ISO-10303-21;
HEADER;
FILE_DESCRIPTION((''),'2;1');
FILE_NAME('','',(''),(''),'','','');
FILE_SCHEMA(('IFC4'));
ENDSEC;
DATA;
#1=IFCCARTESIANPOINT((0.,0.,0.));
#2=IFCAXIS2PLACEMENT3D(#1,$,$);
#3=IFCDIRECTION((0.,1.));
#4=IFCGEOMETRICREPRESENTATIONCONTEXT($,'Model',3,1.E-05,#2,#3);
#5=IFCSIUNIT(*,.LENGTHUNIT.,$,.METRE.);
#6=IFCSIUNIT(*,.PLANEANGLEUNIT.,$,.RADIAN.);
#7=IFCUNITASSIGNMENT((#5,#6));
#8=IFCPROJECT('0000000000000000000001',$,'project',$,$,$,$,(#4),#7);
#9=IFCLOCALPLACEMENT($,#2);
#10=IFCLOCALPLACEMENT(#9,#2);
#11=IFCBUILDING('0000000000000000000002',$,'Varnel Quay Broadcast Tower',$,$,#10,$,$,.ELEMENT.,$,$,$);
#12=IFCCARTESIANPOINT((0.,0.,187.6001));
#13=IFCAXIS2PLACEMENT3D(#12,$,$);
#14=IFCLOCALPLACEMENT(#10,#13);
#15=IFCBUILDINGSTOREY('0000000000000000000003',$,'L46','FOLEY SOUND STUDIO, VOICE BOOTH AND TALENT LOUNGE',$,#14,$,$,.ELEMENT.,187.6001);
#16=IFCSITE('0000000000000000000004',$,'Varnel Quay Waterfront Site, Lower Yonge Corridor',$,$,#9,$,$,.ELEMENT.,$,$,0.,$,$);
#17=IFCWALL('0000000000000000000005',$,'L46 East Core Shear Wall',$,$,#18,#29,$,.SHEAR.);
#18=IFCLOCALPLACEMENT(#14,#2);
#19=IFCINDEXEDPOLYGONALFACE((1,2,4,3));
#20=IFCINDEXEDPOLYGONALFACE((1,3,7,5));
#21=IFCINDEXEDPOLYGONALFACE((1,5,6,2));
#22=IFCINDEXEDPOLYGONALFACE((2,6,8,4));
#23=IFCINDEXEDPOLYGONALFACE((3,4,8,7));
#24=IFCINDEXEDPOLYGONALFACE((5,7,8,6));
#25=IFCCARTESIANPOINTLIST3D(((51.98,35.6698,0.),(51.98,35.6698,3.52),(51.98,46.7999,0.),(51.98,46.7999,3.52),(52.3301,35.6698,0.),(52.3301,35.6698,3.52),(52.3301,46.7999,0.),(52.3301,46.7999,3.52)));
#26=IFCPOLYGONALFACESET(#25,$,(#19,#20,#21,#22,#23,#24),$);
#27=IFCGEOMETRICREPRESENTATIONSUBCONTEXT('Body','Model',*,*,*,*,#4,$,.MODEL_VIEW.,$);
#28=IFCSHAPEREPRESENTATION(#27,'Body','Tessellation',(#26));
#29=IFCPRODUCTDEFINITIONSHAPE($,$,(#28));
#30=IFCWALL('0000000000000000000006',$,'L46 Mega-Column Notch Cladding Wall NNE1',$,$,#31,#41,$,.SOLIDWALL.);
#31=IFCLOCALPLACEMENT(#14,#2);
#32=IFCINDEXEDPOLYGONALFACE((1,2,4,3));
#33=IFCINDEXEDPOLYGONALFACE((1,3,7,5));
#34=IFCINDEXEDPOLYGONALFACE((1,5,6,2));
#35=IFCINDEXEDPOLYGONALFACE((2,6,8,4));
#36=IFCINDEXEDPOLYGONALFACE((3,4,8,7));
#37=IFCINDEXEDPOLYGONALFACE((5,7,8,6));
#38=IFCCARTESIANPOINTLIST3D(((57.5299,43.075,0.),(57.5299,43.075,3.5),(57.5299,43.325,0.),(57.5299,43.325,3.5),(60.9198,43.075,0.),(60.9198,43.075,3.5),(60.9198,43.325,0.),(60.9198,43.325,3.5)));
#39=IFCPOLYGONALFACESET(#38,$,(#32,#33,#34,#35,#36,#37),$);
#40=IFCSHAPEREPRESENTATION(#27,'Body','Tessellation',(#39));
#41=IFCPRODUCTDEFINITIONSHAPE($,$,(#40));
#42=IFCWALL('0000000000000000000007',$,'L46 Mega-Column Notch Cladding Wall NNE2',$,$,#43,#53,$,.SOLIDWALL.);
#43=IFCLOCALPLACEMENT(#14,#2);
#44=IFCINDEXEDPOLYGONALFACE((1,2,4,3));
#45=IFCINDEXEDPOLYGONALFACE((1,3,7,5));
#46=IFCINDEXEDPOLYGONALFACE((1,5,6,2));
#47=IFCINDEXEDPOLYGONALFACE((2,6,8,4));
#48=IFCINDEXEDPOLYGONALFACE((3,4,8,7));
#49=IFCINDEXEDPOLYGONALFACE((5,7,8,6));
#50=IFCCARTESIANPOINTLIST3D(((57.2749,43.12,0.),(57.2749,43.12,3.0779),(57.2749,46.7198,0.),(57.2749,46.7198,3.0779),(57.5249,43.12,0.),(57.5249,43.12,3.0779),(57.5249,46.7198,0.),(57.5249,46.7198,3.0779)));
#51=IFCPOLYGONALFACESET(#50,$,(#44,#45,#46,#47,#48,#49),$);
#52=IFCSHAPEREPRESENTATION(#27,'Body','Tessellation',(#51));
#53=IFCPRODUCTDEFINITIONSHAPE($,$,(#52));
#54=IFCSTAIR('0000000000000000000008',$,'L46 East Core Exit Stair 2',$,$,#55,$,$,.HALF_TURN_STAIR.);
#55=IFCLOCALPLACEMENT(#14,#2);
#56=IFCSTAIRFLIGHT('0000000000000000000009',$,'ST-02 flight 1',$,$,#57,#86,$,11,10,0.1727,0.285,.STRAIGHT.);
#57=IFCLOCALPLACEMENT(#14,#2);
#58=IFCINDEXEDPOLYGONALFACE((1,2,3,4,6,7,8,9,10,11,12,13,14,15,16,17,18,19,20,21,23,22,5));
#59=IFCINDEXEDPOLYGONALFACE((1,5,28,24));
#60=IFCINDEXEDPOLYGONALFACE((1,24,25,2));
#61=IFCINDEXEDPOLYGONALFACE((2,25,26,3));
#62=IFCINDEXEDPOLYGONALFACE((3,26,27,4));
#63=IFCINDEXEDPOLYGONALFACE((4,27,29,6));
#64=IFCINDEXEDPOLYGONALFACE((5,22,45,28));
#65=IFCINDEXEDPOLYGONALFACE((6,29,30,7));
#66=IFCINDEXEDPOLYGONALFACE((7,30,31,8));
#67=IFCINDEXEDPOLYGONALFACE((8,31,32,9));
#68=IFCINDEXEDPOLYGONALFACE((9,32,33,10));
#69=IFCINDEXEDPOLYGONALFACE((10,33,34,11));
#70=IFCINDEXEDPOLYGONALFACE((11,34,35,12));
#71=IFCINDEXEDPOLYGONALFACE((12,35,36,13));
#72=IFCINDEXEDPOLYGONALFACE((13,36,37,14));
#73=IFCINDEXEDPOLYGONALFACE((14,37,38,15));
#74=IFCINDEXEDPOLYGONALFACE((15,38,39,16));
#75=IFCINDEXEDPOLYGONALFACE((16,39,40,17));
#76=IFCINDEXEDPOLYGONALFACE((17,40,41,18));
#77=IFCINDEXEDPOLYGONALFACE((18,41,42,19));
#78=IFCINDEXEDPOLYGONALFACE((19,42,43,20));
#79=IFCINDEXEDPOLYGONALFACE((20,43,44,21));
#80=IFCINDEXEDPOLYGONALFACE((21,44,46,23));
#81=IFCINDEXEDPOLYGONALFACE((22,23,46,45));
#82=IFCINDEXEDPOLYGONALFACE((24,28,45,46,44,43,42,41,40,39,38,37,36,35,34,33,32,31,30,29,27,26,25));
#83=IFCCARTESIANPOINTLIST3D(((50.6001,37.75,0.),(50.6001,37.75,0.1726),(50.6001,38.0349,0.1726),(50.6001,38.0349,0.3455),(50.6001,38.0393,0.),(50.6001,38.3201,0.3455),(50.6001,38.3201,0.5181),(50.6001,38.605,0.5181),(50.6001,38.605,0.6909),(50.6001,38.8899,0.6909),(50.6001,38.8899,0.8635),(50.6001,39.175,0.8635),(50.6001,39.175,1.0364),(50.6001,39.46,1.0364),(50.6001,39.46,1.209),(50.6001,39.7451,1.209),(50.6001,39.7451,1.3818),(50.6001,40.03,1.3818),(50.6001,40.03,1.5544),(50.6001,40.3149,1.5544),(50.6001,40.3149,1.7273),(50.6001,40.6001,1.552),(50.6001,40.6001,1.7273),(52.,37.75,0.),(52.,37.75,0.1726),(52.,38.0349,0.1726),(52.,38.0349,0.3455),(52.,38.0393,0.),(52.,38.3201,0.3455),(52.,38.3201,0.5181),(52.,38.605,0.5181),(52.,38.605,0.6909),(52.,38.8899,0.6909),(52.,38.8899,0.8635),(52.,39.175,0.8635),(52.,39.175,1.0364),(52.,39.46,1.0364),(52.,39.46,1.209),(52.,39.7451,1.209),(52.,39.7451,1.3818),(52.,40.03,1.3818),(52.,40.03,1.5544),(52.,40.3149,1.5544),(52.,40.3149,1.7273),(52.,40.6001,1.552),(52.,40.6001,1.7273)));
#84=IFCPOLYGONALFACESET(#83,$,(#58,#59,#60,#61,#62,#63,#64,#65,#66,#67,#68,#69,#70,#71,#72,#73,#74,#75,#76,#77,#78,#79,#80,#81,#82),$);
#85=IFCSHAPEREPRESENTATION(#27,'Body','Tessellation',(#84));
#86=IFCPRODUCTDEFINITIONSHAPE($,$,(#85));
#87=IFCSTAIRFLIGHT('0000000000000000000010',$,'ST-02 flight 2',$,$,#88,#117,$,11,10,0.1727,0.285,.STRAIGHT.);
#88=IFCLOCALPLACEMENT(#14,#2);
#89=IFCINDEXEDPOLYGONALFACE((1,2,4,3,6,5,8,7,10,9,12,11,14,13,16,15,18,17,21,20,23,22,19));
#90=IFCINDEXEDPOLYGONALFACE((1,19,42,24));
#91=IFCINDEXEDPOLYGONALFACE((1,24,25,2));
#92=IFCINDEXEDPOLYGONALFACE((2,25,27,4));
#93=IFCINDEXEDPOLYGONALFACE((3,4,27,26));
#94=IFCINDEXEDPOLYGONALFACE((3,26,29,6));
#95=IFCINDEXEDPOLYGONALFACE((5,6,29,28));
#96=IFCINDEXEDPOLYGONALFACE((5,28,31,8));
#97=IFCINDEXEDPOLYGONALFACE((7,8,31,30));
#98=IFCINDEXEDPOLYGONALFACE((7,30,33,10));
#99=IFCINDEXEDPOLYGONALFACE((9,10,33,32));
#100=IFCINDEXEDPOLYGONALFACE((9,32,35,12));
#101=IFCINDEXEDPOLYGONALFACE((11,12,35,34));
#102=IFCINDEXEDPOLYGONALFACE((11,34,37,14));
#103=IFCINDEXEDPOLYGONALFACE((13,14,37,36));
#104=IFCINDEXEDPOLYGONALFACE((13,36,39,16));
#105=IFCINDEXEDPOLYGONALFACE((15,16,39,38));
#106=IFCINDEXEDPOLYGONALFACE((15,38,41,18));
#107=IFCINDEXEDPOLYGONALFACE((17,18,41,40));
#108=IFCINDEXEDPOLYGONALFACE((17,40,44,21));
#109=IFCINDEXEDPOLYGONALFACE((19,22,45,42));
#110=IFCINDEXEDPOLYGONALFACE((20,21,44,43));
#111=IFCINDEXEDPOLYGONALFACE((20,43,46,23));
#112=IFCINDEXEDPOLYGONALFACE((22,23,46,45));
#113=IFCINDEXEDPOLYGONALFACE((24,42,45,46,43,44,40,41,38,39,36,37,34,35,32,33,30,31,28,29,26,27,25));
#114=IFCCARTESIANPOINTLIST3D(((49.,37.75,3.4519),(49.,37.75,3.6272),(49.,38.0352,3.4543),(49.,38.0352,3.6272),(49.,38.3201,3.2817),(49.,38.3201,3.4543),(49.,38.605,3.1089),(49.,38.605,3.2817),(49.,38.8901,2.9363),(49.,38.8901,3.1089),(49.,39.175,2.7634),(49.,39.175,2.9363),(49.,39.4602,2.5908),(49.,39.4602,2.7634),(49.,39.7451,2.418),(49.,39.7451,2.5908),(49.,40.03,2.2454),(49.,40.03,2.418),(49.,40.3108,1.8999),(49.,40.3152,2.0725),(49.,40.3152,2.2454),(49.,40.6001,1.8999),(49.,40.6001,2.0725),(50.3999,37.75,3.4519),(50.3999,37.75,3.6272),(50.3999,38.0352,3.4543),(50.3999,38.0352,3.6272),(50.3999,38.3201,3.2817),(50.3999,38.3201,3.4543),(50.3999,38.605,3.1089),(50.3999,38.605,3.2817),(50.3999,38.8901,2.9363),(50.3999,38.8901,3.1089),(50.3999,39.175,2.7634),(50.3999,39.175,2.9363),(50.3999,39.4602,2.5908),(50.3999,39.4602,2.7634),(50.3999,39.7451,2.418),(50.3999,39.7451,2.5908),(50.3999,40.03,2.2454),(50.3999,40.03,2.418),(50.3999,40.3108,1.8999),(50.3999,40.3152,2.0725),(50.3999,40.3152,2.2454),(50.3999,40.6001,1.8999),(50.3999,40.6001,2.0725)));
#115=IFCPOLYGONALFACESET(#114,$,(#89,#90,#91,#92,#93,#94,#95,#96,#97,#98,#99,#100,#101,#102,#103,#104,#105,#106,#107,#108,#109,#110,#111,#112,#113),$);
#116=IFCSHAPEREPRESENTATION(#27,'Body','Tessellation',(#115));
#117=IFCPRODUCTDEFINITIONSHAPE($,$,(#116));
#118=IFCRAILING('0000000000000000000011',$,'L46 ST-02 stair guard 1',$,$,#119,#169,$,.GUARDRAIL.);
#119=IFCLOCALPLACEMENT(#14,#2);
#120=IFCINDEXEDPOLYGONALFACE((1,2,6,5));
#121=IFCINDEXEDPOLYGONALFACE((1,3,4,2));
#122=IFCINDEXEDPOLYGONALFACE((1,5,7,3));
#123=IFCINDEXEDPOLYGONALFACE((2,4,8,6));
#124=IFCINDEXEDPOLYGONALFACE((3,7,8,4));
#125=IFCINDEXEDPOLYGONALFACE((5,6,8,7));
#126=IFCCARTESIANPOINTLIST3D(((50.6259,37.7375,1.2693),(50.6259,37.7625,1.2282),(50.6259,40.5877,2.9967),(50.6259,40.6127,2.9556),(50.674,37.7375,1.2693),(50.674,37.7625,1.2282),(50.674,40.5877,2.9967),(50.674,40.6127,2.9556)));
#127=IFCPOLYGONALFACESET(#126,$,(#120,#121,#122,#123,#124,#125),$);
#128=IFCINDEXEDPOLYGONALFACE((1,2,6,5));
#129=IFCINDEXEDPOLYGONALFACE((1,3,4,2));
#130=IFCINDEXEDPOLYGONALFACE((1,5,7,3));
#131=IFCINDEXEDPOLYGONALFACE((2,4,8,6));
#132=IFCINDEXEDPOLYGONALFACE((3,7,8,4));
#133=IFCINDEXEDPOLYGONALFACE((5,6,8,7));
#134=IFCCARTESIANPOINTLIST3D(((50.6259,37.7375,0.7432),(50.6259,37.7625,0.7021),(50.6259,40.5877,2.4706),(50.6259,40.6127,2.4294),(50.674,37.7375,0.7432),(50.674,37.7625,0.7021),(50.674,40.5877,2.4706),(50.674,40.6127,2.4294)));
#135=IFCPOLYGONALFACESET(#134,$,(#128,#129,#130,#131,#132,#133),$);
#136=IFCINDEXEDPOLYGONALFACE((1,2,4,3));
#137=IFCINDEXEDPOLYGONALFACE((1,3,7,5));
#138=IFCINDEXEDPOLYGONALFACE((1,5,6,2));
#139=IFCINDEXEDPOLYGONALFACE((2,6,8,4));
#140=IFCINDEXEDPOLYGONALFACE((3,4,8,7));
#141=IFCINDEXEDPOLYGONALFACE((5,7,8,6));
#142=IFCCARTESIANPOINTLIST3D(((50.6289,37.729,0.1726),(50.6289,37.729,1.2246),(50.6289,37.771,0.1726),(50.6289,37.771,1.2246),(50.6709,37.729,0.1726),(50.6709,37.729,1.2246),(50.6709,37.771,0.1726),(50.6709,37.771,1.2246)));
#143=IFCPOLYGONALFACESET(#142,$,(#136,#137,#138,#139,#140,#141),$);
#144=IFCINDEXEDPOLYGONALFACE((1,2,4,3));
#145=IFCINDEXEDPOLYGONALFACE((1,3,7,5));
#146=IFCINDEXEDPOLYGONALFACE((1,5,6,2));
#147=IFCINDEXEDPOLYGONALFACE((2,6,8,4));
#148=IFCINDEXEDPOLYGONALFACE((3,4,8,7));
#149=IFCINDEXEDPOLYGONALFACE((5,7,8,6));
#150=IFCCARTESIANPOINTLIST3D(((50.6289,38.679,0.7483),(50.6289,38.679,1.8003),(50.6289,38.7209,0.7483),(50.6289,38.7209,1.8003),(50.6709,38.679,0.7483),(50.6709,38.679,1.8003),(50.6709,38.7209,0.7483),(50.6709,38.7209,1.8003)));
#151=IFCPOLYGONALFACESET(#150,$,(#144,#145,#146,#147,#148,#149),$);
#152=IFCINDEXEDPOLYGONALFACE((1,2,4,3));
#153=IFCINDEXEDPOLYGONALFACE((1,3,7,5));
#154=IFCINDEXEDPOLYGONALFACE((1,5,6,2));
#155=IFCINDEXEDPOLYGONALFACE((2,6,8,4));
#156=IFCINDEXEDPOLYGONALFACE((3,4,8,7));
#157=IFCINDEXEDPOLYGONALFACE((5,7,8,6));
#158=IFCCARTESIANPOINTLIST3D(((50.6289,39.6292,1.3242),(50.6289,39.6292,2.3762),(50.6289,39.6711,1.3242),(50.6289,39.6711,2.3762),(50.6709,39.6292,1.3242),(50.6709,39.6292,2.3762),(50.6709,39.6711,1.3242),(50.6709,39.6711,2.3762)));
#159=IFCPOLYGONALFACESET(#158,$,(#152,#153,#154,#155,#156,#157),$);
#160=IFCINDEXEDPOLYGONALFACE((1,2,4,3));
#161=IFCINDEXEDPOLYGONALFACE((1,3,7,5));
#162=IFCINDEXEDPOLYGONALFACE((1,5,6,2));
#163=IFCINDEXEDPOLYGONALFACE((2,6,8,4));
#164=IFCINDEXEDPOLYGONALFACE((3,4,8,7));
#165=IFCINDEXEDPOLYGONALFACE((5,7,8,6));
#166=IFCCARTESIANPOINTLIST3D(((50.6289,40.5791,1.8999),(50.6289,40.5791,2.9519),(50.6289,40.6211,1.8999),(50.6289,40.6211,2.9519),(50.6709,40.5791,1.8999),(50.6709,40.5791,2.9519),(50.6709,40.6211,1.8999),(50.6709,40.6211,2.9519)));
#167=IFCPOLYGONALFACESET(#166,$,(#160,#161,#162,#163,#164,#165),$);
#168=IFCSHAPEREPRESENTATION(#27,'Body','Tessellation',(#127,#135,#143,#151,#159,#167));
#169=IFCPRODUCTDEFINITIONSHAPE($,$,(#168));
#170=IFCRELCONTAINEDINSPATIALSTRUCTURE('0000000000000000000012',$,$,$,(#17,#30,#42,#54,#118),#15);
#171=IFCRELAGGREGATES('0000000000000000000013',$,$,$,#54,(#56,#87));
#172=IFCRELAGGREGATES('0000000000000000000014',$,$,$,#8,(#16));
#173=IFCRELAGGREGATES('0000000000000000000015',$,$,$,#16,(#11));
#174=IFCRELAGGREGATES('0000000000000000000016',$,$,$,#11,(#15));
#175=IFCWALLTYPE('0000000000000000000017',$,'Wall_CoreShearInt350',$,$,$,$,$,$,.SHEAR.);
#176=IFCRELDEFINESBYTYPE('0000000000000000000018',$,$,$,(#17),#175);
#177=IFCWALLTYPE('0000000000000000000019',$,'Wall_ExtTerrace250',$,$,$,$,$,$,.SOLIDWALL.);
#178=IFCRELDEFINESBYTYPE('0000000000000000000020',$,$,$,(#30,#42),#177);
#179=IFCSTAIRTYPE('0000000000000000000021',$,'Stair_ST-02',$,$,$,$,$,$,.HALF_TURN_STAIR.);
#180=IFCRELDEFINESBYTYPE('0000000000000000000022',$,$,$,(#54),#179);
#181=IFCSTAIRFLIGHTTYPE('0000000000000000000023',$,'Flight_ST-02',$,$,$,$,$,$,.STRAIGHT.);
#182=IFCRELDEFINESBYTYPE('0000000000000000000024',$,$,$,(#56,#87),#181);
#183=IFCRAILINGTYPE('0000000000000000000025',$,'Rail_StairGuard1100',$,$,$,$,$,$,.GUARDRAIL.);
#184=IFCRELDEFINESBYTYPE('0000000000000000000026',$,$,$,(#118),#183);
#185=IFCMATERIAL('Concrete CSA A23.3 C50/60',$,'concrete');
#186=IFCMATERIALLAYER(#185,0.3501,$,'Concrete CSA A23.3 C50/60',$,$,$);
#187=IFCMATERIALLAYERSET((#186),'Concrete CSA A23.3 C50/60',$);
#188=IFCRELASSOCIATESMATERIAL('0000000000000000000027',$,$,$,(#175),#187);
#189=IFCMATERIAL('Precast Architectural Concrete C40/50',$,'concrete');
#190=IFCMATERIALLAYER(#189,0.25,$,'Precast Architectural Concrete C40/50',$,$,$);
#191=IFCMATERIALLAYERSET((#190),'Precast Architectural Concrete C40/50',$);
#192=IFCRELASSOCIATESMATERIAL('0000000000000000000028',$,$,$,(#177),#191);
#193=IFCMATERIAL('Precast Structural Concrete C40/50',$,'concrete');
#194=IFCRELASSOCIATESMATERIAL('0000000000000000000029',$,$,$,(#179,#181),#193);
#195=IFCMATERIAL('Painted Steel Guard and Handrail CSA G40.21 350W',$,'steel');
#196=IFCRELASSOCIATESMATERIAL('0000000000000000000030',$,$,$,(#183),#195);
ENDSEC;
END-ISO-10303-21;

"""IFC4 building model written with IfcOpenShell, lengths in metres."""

from ifc_helpers import new_model, si_unit, direction, frame, frame_2d, origin, origin_2d, place, context, subcontext, project, spatial, polyline, rectangle, outline, extrude, material, layer, layer_set, type_object, element, aggregate, save


model = new_model("IFC4")

# Units and contexts
model_context = context("Model", 3, precision=1e-05, world=origin(), true_north=direction((0.0, 1.0)))
body_context = subcontext(model_context, "Body", "Model", "MODEL_VIEW")
ifc_project = project(units=[si_unit("LENGTHUNIT", "METRE"), si_unit("PLANEANGLEUNIT", "RADIAN")], contexts=[model_context])

# Site, building, storey
site_placement = place(None, origin())
site = spatial("IfcSite", under=ifc_project, at=site_placement, Name="Varnel Quay Waterfront Site, Lower Yonge Corridor", CompositionType="ELEMENT", RefElevation=0.0)
building_placement = place(site_placement, origin())
building = spatial("IfcBuilding", under=site, at=building_placement, Name="Varnel Quay Broadcast Tower", CompositionType="ELEMENT")
storey_placement = place(building_placement, frame((0.0, 0.0, 187.6001)))
storey = spatial("IfcBuildingStorey", under=building, at=storey_placement, Name="L46", Description="FOLEY SOUND STUDIO, VOICE BOOTH AND TALENT LOUNGE", CompositionType="ELEMENT", Elevation=187.6001)

# Walls
ifc_material_1 = material(Name="Concrete CSA A23.3 C50/60", Category="concrete")
ifc_layer_1 = layer(ifc_material_1, 0.3501, Name="Concrete CSA A23.3 C50/60")
ifc_layer_set_1 = layer_set([ifc_layer_1], Name="Concrete CSA A23.3 C50/60")
wall_type_1 = type_object("IfcWallType", Name="Wall_CoreShearInt350", PredefinedType="SHEAR", material=ifc_layer_set_1)
wall_1_placement = place(storey_placement, frame((52.155, 35.6699, 0.0), z_axis=(0.0, 0.0, 1.0), x_axis=(0.0, 1.0, 0.0)))
element("IfcWall", 1, at=wall_1_placement, inside=storey, type_object=wall_type_1, Name="L46 East Core Shear Wall", PredefinedType="SHEAR", context=body_context, shape_type="SweptSolid", body=[
    extrude(rectangle(XDim=11.1301, YDim=0.3501, at=frame_2d((5.5649, 0.0))), origin(), (0.0, 0.0, 1.0), 3.52),
])
ifc_material_2 = material(Name="Precast Architectural Concrete C40/50", Category="concrete")
ifc_layer_2 = layer(ifc_material_2, 0.25, Name="Precast Architectural Concrete C40/50")
ifc_layer_set_2 = layer_set([ifc_layer_2], Name="Precast Architectural Concrete C40/50")
wall_type_2 = type_object("IfcWallType", Name="Wall_ExtTerrace250", PredefinedType="SOLIDWALL", material=ifc_layer_set_2)
wall_2_placement = place(storey_placement, frame((57.53, 43.2, 0.0), z_axis=(0.0, 0.0, 1.0), x_axis=(1.0, 0.0, 0.0)))
element("IfcWall", 2, at=wall_2_placement, inside=storey, type_object=wall_type_2, Name="L46 Mega-Column Notch Cladding Wall NNE1", PredefinedType="SOLIDWALL", context=body_context, shape_type="SweptSolid", body=[
    extrude(rectangle(XDim=3.3899, YDim=0.25, at=frame_2d((1.6948, 0.0))), origin(), (0.0, 0.0, 1.0), 3.5),
])
wall_3_placement = place(storey_placement, frame((57.3999, 43.1201, 0.0), z_axis=(0.0, 0.0, 1.0), x_axis=(0.0, 1.0, 0.0)))
element("IfcWall", 3, at=wall_3_placement, inside=storey, type_object=wall_type_2, Name="L46 Mega-Column Notch Cladding Wall NNE2", PredefinedType="SOLIDWALL", context=body_context, shape_type="SweptSolid", body=[
    extrude(rectangle(XDim=3.5999, YDim=0.25, at=frame_2d((1.7998, 0.0))), origin(), (0.0, 0.0, 1.0), 3.0779),
])

# Stair, stair flights
ifc_material_3 = material(Name="Precast Structural Concrete C40/50", Category="concrete")
stair_type = type_object("IfcStairType", Name="Stair_ST-02", PredefinedType="HALF_TURN_STAIR", material=ifc_material_3)
stair_placement = place(storey_placement, origin())
stair = element("IfcStair", 4, at=stair_placement, inside=storey, type_object=stair_type, Name="L46 East Core Exit Stair 2", PredefinedType="HALF_TURN_STAIR")
stair_flight_type = type_object("IfcStairFlightType", Name="Flight_ST-02", PredefinedType="STRAIGHT", material=ifc_material_3)
stair_flight_1_placement = place(storey_placement, frame((51.3, 37.75, 0.0), z_axis=(0.0, 0.0, 1.0), x_axis=(0.0, 1.0, 0.0)))
stair_flight_1 = element("IfcStairFlight", 5, at=stair_flight_1_placement, type_object=stair_flight_type, Name="ST-02 flight 1", NumberOfRisers=11, NumberOfTreads=10, PredefinedType="STRAIGHT", RiserHeight=0.1727, TreadLength=0.285, context=body_context, shape_type="SweptSolid", body=[
    extrude(outline(polyline([(0.0, 0.0), (0.0, 0.1726), (0.2849, 0.1726), (0.2849, 0.3455), (0.5701, 0.3455), (0.5701, 0.5181), (0.855, 0.5181), (0.855, 0.6909), (1.1399, 0.6909), (1.1399, 0.8635), (1.425, 0.8635), (1.425, 1.0364), (1.71, 1.0364), (1.71, 1.209), (1.9951, 1.209), (1.9951, 1.3818), (2.28, 1.3818), (2.28, 1.5544), (2.5649, 1.5544), (2.5649, 1.7273), (2.8501, 1.7273), (2.8501, 1.8999), (2.8501, 1.552), (0.2893, 0.0), (0.0, 0.0)])), frame((0.0, 0.7, 0.0), z_axis=(0.0, -1.0, 0.0), x_axis=(1.0, 0.0, 0.0)), (0.0, 0.0, 1.0), 1.3999),
])
stair_flight_2_placement = place(storey_placement, frame((49.7, 40.6001, 1.8999), z_axis=(0.0, 0.0, 1.0), x_axis=(0.0, -1.0, 0.0)))
stair_flight_2 = element("IfcStairFlight", 6, at=stair_flight_2_placement, type_object=stair_flight_type, Name="ST-02 flight 2", NumberOfRisers=11, NumberOfTreads=10, PredefinedType="STRAIGHT", RiserHeight=0.1727, TreadLength=0.285, context=body_context, shape_type="SweptSolid", body=[
    extrude(outline(polyline([(0.0, 0.0), (0.0, 0.1726), (0.2849, 0.1726), (0.2849, 0.3455), (0.5701, 0.3455), (0.5701, 0.5181), (0.855, 0.5181), (0.855, 0.6909), (1.1399, 0.6909), (1.1399, 0.8635), (1.425, 0.8635), (1.425, 1.0364), (1.71, 1.0364), (1.71, 1.209), (1.9951, 1.209), (1.9951, 1.3818), (2.28, 1.3818), (2.28, 1.5544), (2.5649, 1.5544), (2.5649, 1.7273), (2.8501, 1.7273), (2.8501, 1.8999), (2.8501, 1.552), (0.2893, 0.0), (0.0, 0.0)])), frame((0.0, 0.7, 0.0), z_axis=(0.0, -1.0, 0.0), x_axis=(1.0, 0.0, 0.0)), (0.0, 0.0, 1.0), 1.3999),
])
aggregate(stair, [stair_flight_1, stair_flight_2])

# Railing
ifc_material_4 = material(Name="Painted Steel Guard and Handrail CSA G40.21 350W", Category="steel")
railing_type_1 = type_object("IfcRailingType", Name="Rail_StairGuard1100", PredefinedType="GUARDRAIL", material=ifc_material_4)
railing_1_placement = place(storey_placement, frame((50.6499, 37.75, 0.1726)))
element("IfcRailing", 7, at=railing_1_placement, inside=storey, type_object=railing_type_1, Name="L46 ST-02 stair guard 1", PredefinedType="GUARDRAIL", context=body_context, shape_type="SweptSolid", body=[
    extrude(rectangle(XDim=0.0481, YDim=0.0481, at=origin_2d()), frame((0.0, 0.0, 1.0762), z_axis=(0.0, 0.855203, 0.518294), x_axis=(-1.0, 0.0, 0.0)), (0.0, 0.0, 1.0), 3.3328),
    extrude(rectangle(XDim=0.0481, YDim=0.0481, at=origin_2d()), frame((0.0, 0.0, 0.55), z_axis=(0.0, 0.855203, 0.518294), x_axis=(-1.0, 0.0, 0.0)), (0.0, 0.0, 1.0), 3.3328),
    extrude(rectangle(XDim=0.042, YDim=0.042, at=origin_2d()), origin(), (0.0, 0.0, 1.0), 1.052),
    extrude(rectangle(XDim=0.042, YDim=0.042, at=origin_2d()), frame((0.0, 0.95, 0.5757)), (0.0, 0.0, 1.0), 1.052),
    extrude(rectangle(XDim=0.042, YDim=0.042, at=origin_2d()), frame((0.0, 1.9001, 1.1516)), (0.0, 0.0, 1.0), 1.052),
    extrude(rectangle(XDim=0.042, YDim=0.042, at=origin_2d()), frame((0.0, 2.8501, 1.7273)), (0.0, 0.0, 1.0), 1.052),
])

save(model, "model.ifc")
